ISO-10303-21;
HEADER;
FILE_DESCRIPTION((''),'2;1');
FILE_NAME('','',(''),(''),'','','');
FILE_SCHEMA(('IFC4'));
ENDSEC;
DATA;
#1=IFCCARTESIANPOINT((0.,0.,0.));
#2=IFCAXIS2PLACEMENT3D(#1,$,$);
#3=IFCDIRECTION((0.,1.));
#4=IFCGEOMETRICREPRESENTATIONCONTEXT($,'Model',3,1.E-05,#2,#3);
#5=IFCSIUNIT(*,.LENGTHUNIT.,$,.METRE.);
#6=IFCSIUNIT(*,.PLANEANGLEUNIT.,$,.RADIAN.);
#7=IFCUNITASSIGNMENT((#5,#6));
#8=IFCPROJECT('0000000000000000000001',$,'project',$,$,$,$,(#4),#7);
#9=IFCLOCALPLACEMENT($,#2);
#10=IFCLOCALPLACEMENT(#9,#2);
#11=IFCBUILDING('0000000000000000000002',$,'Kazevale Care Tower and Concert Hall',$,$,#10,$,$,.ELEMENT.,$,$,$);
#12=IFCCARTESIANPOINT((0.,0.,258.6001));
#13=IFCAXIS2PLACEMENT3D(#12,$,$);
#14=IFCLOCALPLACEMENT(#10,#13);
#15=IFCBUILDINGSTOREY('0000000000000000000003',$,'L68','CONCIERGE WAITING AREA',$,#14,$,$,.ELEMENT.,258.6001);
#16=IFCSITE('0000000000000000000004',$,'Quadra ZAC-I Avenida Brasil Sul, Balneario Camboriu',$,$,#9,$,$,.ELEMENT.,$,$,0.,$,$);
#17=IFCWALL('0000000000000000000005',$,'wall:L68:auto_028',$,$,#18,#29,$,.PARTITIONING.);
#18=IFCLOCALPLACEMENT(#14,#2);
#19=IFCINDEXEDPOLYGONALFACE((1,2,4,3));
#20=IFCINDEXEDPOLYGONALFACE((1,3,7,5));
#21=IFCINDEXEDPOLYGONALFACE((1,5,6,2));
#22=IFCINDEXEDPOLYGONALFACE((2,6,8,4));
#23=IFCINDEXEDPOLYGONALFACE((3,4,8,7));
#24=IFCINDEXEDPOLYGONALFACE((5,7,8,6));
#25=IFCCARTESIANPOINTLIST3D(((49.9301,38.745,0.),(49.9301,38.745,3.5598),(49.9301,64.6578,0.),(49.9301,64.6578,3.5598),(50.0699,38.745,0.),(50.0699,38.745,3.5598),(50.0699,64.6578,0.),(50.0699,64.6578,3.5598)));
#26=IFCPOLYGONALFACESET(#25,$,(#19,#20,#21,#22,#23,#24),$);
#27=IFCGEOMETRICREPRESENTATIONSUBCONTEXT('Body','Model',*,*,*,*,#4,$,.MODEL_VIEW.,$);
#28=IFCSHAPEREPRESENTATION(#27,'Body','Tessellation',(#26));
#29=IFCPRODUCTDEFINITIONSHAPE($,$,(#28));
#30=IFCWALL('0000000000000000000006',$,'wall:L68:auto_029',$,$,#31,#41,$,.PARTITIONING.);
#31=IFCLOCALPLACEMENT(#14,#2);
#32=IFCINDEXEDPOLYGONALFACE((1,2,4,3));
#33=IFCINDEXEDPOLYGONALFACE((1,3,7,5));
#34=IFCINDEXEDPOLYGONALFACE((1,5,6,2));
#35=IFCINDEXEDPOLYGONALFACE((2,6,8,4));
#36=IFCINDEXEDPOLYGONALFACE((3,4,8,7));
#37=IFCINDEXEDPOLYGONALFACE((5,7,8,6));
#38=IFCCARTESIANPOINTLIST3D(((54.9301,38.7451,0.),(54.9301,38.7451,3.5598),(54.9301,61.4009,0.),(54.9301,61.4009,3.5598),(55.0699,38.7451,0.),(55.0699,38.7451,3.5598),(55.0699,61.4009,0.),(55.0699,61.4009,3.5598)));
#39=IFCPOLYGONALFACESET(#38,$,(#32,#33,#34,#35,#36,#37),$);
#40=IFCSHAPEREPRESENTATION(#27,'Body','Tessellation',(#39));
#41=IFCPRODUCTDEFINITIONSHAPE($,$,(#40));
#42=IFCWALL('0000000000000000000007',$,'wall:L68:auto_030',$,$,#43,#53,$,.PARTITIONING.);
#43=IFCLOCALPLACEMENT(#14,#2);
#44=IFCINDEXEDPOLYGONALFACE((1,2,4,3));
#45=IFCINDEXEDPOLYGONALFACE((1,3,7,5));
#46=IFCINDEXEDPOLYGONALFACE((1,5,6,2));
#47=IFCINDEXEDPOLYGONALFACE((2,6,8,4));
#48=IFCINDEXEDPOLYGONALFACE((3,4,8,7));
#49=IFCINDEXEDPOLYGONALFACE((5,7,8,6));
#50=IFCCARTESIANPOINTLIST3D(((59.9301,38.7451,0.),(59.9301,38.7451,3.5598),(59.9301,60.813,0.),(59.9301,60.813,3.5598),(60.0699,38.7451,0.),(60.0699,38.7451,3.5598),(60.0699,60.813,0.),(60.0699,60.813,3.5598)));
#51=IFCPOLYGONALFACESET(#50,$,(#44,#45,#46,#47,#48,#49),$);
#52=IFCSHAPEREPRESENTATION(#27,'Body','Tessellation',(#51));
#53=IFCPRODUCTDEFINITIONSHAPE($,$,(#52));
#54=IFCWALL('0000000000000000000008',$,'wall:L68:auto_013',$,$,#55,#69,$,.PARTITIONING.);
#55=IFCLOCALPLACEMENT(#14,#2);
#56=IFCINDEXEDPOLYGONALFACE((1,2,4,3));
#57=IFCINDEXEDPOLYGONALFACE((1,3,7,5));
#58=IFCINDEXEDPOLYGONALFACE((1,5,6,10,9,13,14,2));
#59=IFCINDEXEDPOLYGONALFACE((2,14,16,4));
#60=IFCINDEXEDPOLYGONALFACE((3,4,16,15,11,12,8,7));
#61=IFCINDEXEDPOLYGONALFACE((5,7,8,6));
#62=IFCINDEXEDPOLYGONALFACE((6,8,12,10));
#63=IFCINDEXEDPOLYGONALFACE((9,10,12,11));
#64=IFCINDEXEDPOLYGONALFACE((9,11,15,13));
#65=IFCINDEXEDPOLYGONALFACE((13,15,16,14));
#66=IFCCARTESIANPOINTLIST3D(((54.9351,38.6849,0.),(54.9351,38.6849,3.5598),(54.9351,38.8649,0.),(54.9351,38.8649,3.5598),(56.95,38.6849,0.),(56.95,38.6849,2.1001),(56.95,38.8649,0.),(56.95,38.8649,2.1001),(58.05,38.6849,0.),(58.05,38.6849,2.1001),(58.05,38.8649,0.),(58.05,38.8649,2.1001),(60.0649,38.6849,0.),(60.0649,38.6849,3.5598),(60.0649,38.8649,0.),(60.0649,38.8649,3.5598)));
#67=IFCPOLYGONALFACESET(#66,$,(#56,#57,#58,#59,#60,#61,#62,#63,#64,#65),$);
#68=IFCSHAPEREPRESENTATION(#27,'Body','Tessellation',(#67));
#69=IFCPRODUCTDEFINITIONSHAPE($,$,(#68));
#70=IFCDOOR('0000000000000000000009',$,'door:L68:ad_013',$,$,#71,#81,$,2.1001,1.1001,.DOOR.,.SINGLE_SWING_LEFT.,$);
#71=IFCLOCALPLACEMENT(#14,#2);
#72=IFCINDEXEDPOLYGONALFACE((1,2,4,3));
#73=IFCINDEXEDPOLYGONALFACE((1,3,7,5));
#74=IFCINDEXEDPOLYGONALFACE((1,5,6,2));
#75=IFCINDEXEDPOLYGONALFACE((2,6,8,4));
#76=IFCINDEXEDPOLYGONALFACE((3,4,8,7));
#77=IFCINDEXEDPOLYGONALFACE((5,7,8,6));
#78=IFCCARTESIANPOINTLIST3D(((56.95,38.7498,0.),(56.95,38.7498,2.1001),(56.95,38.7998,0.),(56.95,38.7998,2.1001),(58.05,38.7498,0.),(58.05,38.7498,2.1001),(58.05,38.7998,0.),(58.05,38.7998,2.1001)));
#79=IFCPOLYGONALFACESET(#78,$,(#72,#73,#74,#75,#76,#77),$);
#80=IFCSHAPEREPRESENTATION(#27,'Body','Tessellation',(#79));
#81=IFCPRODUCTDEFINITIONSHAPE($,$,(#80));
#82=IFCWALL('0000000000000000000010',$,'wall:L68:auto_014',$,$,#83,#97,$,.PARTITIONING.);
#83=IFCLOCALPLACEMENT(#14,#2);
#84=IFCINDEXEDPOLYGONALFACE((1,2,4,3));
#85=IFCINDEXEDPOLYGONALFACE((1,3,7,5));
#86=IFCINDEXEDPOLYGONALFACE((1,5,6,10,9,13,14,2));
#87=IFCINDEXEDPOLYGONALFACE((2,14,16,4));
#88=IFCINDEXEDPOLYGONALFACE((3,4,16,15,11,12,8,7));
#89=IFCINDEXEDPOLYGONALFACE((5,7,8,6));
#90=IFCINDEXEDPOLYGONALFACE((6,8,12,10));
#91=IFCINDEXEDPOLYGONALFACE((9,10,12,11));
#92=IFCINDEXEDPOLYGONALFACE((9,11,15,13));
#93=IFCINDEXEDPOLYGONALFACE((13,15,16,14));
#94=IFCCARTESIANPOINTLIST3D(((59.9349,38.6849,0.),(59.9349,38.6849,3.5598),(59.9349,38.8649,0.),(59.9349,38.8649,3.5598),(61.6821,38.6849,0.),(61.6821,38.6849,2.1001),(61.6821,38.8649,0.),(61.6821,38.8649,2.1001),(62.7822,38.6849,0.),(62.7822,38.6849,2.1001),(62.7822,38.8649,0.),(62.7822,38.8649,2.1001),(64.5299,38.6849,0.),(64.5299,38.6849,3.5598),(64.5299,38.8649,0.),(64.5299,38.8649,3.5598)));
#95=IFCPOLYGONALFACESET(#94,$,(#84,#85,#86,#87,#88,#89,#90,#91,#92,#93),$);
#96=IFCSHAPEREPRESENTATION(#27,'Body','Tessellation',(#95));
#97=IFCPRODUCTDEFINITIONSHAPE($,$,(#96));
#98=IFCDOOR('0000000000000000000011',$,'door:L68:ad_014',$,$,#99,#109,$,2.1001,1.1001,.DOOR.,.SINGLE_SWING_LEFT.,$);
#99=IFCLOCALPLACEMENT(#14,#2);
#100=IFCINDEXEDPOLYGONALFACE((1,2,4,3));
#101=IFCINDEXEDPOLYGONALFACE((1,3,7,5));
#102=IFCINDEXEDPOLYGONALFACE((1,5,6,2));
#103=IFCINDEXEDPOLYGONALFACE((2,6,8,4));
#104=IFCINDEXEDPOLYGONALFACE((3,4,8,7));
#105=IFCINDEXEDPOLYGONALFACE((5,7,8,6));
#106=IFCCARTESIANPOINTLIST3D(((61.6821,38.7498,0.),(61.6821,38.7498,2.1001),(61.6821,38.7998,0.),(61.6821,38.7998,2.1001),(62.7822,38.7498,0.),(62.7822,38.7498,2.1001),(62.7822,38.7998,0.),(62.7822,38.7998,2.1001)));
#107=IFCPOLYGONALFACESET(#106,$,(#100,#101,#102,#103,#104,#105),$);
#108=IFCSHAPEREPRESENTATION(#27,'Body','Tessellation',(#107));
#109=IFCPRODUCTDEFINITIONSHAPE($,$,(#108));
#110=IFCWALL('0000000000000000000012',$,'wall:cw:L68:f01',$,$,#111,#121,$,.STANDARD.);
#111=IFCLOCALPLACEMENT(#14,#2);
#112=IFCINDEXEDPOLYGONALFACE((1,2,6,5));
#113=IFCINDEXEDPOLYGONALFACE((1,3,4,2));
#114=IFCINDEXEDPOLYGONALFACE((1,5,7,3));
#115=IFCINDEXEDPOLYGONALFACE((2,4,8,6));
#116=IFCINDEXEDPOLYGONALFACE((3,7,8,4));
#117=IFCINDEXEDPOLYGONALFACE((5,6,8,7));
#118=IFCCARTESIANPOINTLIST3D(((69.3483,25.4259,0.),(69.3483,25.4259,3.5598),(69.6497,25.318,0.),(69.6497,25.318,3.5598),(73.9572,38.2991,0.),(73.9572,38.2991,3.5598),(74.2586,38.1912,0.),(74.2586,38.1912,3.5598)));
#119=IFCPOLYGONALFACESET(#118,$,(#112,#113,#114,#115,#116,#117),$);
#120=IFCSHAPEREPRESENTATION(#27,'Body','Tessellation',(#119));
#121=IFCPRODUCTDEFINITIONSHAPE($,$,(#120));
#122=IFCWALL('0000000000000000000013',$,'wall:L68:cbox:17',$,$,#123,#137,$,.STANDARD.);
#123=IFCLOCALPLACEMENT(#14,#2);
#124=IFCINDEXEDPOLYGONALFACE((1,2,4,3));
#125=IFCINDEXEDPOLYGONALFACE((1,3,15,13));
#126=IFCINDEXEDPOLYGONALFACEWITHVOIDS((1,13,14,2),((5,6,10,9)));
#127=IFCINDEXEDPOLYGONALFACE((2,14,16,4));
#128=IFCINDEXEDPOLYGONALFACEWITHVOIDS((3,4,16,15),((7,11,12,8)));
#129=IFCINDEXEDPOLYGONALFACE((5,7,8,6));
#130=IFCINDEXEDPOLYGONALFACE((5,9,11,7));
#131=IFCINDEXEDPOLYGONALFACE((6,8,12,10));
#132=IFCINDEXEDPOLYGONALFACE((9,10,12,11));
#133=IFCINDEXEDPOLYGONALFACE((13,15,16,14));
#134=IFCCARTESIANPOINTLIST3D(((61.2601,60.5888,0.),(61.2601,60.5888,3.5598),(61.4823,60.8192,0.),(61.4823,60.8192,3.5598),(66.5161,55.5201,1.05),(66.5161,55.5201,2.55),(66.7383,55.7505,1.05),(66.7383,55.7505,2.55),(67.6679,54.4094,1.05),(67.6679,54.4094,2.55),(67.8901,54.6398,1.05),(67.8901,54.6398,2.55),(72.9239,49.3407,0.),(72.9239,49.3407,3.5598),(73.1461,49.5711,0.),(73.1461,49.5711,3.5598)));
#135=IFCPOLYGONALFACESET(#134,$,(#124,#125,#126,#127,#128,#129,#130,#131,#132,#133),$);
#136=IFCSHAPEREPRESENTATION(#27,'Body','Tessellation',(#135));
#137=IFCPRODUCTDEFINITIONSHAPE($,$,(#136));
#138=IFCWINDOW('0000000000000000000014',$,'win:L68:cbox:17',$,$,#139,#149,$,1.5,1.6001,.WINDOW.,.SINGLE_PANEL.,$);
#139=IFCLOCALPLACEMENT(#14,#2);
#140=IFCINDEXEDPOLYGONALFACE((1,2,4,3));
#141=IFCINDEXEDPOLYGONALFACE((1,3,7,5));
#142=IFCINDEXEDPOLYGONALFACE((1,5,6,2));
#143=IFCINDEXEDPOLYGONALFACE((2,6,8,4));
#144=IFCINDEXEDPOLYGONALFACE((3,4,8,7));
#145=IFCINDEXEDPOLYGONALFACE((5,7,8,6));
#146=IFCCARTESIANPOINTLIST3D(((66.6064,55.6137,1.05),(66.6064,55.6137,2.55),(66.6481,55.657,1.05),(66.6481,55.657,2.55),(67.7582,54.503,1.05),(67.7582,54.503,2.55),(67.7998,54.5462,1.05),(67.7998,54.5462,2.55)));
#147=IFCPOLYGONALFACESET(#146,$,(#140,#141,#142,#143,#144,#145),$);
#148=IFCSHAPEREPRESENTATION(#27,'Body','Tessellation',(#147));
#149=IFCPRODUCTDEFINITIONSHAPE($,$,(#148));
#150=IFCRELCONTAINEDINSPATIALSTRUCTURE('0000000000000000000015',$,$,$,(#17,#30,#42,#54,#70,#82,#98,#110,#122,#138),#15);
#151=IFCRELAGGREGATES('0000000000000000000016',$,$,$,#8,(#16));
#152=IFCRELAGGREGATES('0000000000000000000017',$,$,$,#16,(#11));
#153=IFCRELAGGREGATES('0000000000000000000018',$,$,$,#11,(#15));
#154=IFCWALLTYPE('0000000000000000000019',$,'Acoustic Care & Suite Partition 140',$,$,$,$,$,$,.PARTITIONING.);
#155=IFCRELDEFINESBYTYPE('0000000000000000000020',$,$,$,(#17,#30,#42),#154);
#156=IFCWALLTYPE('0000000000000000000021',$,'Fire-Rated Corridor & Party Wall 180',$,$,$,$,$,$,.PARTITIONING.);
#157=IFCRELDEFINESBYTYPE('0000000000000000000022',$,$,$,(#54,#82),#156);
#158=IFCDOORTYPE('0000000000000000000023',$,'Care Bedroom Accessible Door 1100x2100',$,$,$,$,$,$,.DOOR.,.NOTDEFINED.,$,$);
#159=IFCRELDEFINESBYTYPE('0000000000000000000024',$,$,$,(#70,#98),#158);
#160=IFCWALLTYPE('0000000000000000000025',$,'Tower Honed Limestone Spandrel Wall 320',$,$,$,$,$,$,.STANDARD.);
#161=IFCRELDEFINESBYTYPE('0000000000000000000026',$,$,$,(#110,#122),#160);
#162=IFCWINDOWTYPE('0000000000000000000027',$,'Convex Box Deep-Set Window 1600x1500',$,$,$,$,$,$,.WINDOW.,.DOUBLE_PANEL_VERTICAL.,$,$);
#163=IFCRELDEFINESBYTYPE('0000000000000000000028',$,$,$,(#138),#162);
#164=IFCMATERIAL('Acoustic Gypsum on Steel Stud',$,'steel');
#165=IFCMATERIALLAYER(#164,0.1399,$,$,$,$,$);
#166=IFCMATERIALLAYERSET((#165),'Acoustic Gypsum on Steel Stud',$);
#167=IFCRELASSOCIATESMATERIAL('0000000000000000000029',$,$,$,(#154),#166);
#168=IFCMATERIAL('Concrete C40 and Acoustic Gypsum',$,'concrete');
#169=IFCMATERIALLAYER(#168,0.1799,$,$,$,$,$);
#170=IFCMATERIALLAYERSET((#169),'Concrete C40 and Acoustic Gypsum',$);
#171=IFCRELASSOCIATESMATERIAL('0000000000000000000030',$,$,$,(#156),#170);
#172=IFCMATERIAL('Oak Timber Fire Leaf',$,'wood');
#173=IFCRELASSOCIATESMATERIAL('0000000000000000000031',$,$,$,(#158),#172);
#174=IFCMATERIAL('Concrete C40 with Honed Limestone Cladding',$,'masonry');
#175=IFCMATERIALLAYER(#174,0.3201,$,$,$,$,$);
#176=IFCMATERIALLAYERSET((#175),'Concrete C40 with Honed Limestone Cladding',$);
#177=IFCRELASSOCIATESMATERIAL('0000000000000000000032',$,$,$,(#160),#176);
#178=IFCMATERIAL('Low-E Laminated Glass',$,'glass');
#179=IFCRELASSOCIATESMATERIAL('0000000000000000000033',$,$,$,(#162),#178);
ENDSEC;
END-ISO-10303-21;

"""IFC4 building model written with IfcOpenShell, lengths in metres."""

from ifc_helpers import new_model, si_unit, direction, frame, frame_2d, origin, place, context, subcontext, project, spatial, rectangle, extrude, material, layer, layer_set, type_object, element, fill, save


model = new_model("IFC4")

# Units and contexts
model_context = context("Model", 3, precision=1e-05, world=origin(), true_north=direction((0.0, 1.0)))
body_context = subcontext(model_context, "Body", "Model", "MODEL_VIEW")
ifc_project = project(units=[si_unit("LENGTHUNIT", "METRE"), si_unit("PLANEANGLEUNIT", "RADIAN")], contexts=[model_context])

# Site, building, storey
site_placement = place(None, origin())
site = spatial("IfcSite", under=ifc_project, at=site_placement, Name="Quadra ZAC-I Avenida Brasil Sul, Balneario Camboriu", CompositionType="ELEMENT", RefElevation=0.0)
building_placement = place(site_placement, origin())
building = spatial("IfcBuilding", under=site, at=building_placement, Name="Kazevale Care Tower and Concert Hall", CompositionType="ELEMENT")
storey_placement = place(building_placement, frame((0.0, 0.0, 258.6001)))
storey = spatial("IfcBuildingStorey", under=building, at=storey_placement, Name="L68", Description="CONCIERGE WAITING AREA", CompositionType="ELEMENT", Elevation=258.6001)

# Shared definitions
ifc_material_1 = material(Name="Low-E Laminated Glass", Category="glass")

# Walls
ifc_material_2 = material(Name="Acoustic Gypsum on Steel Stud", Category="steel")
ifc_layer_1 = layer(ifc_material_2, 0.1399)
ifc_layer_set_1 = layer_set([ifc_layer_1], Name="Acoustic Gypsum on Steel Stud")
wall_type_1 = type_object("IfcWallType", Name="Acoustic Care & Suite Partition 140", PredefinedType="PARTITIONING", material=ifc_layer_set_1)
wall_1_placement = place(storey_placement, frame((50.0, 64.658, 0.0), z_axis=(0.0, 0.0, 1.0), x_axis=(0.0, -1.0, 0.0)))
element("IfcWall", 1, at=wall_1_placement, inside=storey, type_object=wall_type_1, Name="wall:L68:auto_028", PredefinedType="PARTITIONING", context=body_context, shape_type="SweptSolid", body=[
    extrude(rectangle(XDim=25.9128, YDim=0.1399, at=frame_2d((12.9565, 0.0))), origin(), (0.0, 0.0, 1.0), 3.5598),
])
wall_2_placement = place(storey_placement, frame((55.0, 61.4009, 0.0), z_axis=(0.0, 0.0, 1.0), x_axis=(0.0, -1.0, 0.0)))
element("IfcWall", 2, at=wall_2_placement, inside=storey, type_object=wall_type_1, Name="wall:L68:auto_029", PredefinedType="PARTITIONING", context=body_context, shape_type="SweptSolid", body=[
    extrude(rectangle(XDim=22.6558, YDim=0.1399, at=frame_2d((11.3279, 0.0))), origin(), (0.0, 0.0, 1.0), 3.5598),
])
wall_3_placement = place(storey_placement, frame((60.0, 60.813, 0.0), z_axis=(0.0, 0.0, 1.0), x_axis=(0.0, -1.0, 0.0)))
element("IfcWall", 3, at=wall_3_placement, inside=storey, type_object=wall_type_1, Name="wall:L68:auto_030", PredefinedType="PARTITIONING", context=body_context, shape_type="SweptSolid", body=[
    extrude(rectangle(XDim=22.0679, YDim=0.1399, at=frame_2d((11.0339, 0.0))), origin(), (0.0, 0.0, 1.0), 3.5598),
])

# Walls, openings, doors
ifc_material_3 = material(Name="Concrete C40 and Acoustic Gypsum", Category="concrete")
ifc_layer_2 = layer(ifc_material_3, 0.1799)
ifc_layer_set_2 = layer_set([ifc_layer_2], Name="Concrete C40 and Acoustic Gypsum")
wall_type_2 = type_object("IfcWallType", Name="Fire-Rated Corridor & Party Wall 180", PredefinedType="PARTITIONING", material=ifc_layer_set_2)
wall_4_placement = place(storey_placement, frame((54.9351, 38.7749, 0.0), z_axis=(0.0, 0.0, 1.0), x_axis=(1.0, 0.0, 0.0)))
wall_4 = element("IfcWall", 4, at=wall_4_placement, inside=storey, type_object=wall_type_2, Name="wall:L68:auto_013", PredefinedType="PARTITIONING", context=body_context, shape_type="SweptSolid", body=[
    extrude(rectangle(XDim=5.1299, YDim=0.1799, at=frame_2d((2.5649, 0.0))), origin(), (0.0, 0.0, 1.0), 3.5598),
])
opening_1_placement = place(wall_4_placement, frame((2.0149, 0.0, 0.0)))
opening_1 = element("IfcOpeningElement", 5, at=opening_1_placement, cuts=wall_4, PredefinedType="OPENING", context=body_context, shape_type="SweptSolid", body=[
    extrude(rectangle(XDim=1.1001, YDim=2.1001, at=frame_2d((0.55, 1.05))), frame((0.0, 0.0999, 0.0), z_axis=(0.0, -1.0, 0.0), x_axis=(1.0, 0.0, 0.0)), (0.0, 0.0, 1.0), 0.2),
])
ifc_material_4 = material(Name="Oak Timber Fire Leaf", Category="wood")
door_type = type_object("IfcDoorType", Name="Care Bedroom Accessible Door 1100x2100", OperationType="NOTDEFINED", PredefinedType="DOOR", material=ifc_material_4)
door_1_placement = place(opening_1_placement, origin())
door_1 = element("IfcDoor", 6, at=door_1_placement, inside=storey, type_object=door_type, Name="door:L68:ad_013", OperationType="SINGLE_SWING_LEFT", OverallHeight=2.1001, OverallWidth=1.1001, PredefinedType="DOOR", context=body_context, shape_type="SweptSolid", body=[
    extrude(rectangle(XDim=1.1001, YDim=2.1001, at=frame_2d((0.55, 1.05))), frame((0.0, 0.0249, 0.0), z_axis=(0.0, -1.0, 0.0), x_axis=(1.0, 0.0, 0.0)), (0.0, 0.0, 1.0), 0.05),
])
fill(opening_1, door_1)
wall_5_placement = place(storey_placement, frame((59.9351, 38.7749, 0.0), z_axis=(0.0, 0.0, 1.0), x_axis=(1.0, 0.0, 0.0)))
wall_5 = element("IfcWall", 7, at=wall_5_placement, inside=storey, type_object=wall_type_2, Name="wall:L68:auto_014", PredefinedType="PARTITIONING", context=body_context, shape_type="SweptSolid", body=[
    extrude(rectangle(XDim=4.595, YDim=0.1799, at=frame_2d((2.2974, 0.0))), origin(), (0.0, 0.0, 1.0), 3.5598),
])
opening_2_placement = place(wall_5_placement, frame((1.7471, 0.0, 0.0)))
opening_2 = element("IfcOpeningElement", 8, at=opening_2_placement, cuts=wall_5, PredefinedType="OPENING", context=body_context, shape_type="SweptSolid", body=[
    extrude(rectangle(XDim=1.1001, YDim=2.1001, at=frame_2d((0.55, 1.05))), frame((0.0, 0.0999, 0.0), z_axis=(0.0, -1.0, 0.0), x_axis=(1.0, 0.0, 0.0)), (0.0, 0.0, 1.0), 0.2),
])
door_2_placement = place(opening_2_placement, origin())
door_2 = element("IfcDoor", 9, at=door_2_placement, inside=storey, type_object=door_type, Name="door:L68:ad_014", OperationType="SINGLE_SWING_LEFT", OverallHeight=2.1001, OverallWidth=1.1001, PredefinedType="DOOR", context=body_context, shape_type="SweptSolid", body=[
    extrude(rectangle(XDim=1.1001, YDim=2.1001, at=frame_2d((0.55, 1.05))), frame((0.0, 0.0249, 0.0), z_axis=(0.0, -1.0, 0.0), x_axis=(1.0, 0.0, 0.0)), (0.0, 0.0, 1.0), 0.05),
])
fill(opening_2, door_2)

# Wall
ifc_material_5 = material(Name="Concrete C40 with Honed Limestone Cladding", Category="masonry")
ifc_layer_3 = layer(ifc_material_5, 0.3201)
ifc_layer_set_3 = layer_set([ifc_layer_3], Name="Concrete C40 with Honed Limestone Cladding")
wall_type_3 = type_object("IfcWallType", Name="Tower Honed Limestone Spandrel Wall 320", PredefinedType="STANDARD", material=ifc_layer_set_3)
wall_6_placement = place(storey_placement, frame((74.1079, 38.2451, 0.0), z_axis=(0.0, 0.0, 1.0), x_axis=(-0.337074, -0.941478, 0.0)))
element("IfcWall", 10, at=wall_6_placement, inside=storey, type_object=wall_type_3, Name="wall:cw:L68:f01", PredefinedType="STANDARD", context=body_context, shape_type="SweptSolid", body=[
    extrude(rectangle(XDim=13.6733, YDim=0.3201, at=frame_2d((6.8367, 0.0))), origin(), (0.0, 0.0, 1.0), 3.5598),
])

# Wall, opening, window
wall_7_placement = place(storey_placement, frame((61.3711, 60.7041, 0.0), z_axis=(0.0, 0.0, 1.0), x_axis=(0.71982, -0.694161, 0.0)))
wall_7 = element("IfcWall", 11, at=wall_7_placement, inside=storey, type_object=wall_type_3, Name="wall:L68:cbox:17", PredefinedType="STANDARD", context=body_context, shape_type="SweptSolid", body=[
    extrude(rectangle(XDim=16.2039, YDim=0.3201, at=frame_2d((8.1021, 0.0))), origin(), (0.0, 0.0, 1.0), 3.5598),
])
opening_3_placement = place(wall_7_placement, frame((7.302, 0.0, 1.05)))
opening_3 = element("IfcOpeningElement", 12, at=opening_3_placement, cuts=wall_7, PredefinedType="OPENING", context=body_context, shape_type="SweptSolid", body=[
    extrude(rectangle(XDim=1.6001, YDim=1.5, at=frame_2d((0.8, 0.75))), frame((0.0, 0.1699, 0.0), z_axis=(0.0, -1.0, 0.0), x_axis=(1.0, 0.0, 0.0)), (0.0, 0.0, 1.0), 0.3401),
])
window_type = type_object("IfcWindowType", Name="Convex Box Deep-Set Window 1600x1500", PartitioningType="DOUBLE_PANEL_VERTICAL", PredefinedType="WINDOW", material=ifc_material_1)
window_placement = place(opening_3_placement, origin())
window = element("IfcWindow", 13, at=window_placement, inside=storey, type_object=window_type, Name="win:L68:cbox:17", OverallHeight=1.5, OverallWidth=1.6001, PartitioningType="SINGLE_PANEL", PredefinedType="WINDOW", context=body_context, shape_type="SweptSolid", body=[
    extrude(rectangle(XDim=1.6001, YDim=1.5, at=frame_2d((0.8, 0.75))), frame((0.0, 0.03, 0.0), z_axis=(0.0, -1.0, 0.0), x_axis=(1.0, 0.0, 0.0)), (0.0, 0.0, 1.0), 0.0601),
])
fill(opening_3, window)

save(model, "model.ifc")
